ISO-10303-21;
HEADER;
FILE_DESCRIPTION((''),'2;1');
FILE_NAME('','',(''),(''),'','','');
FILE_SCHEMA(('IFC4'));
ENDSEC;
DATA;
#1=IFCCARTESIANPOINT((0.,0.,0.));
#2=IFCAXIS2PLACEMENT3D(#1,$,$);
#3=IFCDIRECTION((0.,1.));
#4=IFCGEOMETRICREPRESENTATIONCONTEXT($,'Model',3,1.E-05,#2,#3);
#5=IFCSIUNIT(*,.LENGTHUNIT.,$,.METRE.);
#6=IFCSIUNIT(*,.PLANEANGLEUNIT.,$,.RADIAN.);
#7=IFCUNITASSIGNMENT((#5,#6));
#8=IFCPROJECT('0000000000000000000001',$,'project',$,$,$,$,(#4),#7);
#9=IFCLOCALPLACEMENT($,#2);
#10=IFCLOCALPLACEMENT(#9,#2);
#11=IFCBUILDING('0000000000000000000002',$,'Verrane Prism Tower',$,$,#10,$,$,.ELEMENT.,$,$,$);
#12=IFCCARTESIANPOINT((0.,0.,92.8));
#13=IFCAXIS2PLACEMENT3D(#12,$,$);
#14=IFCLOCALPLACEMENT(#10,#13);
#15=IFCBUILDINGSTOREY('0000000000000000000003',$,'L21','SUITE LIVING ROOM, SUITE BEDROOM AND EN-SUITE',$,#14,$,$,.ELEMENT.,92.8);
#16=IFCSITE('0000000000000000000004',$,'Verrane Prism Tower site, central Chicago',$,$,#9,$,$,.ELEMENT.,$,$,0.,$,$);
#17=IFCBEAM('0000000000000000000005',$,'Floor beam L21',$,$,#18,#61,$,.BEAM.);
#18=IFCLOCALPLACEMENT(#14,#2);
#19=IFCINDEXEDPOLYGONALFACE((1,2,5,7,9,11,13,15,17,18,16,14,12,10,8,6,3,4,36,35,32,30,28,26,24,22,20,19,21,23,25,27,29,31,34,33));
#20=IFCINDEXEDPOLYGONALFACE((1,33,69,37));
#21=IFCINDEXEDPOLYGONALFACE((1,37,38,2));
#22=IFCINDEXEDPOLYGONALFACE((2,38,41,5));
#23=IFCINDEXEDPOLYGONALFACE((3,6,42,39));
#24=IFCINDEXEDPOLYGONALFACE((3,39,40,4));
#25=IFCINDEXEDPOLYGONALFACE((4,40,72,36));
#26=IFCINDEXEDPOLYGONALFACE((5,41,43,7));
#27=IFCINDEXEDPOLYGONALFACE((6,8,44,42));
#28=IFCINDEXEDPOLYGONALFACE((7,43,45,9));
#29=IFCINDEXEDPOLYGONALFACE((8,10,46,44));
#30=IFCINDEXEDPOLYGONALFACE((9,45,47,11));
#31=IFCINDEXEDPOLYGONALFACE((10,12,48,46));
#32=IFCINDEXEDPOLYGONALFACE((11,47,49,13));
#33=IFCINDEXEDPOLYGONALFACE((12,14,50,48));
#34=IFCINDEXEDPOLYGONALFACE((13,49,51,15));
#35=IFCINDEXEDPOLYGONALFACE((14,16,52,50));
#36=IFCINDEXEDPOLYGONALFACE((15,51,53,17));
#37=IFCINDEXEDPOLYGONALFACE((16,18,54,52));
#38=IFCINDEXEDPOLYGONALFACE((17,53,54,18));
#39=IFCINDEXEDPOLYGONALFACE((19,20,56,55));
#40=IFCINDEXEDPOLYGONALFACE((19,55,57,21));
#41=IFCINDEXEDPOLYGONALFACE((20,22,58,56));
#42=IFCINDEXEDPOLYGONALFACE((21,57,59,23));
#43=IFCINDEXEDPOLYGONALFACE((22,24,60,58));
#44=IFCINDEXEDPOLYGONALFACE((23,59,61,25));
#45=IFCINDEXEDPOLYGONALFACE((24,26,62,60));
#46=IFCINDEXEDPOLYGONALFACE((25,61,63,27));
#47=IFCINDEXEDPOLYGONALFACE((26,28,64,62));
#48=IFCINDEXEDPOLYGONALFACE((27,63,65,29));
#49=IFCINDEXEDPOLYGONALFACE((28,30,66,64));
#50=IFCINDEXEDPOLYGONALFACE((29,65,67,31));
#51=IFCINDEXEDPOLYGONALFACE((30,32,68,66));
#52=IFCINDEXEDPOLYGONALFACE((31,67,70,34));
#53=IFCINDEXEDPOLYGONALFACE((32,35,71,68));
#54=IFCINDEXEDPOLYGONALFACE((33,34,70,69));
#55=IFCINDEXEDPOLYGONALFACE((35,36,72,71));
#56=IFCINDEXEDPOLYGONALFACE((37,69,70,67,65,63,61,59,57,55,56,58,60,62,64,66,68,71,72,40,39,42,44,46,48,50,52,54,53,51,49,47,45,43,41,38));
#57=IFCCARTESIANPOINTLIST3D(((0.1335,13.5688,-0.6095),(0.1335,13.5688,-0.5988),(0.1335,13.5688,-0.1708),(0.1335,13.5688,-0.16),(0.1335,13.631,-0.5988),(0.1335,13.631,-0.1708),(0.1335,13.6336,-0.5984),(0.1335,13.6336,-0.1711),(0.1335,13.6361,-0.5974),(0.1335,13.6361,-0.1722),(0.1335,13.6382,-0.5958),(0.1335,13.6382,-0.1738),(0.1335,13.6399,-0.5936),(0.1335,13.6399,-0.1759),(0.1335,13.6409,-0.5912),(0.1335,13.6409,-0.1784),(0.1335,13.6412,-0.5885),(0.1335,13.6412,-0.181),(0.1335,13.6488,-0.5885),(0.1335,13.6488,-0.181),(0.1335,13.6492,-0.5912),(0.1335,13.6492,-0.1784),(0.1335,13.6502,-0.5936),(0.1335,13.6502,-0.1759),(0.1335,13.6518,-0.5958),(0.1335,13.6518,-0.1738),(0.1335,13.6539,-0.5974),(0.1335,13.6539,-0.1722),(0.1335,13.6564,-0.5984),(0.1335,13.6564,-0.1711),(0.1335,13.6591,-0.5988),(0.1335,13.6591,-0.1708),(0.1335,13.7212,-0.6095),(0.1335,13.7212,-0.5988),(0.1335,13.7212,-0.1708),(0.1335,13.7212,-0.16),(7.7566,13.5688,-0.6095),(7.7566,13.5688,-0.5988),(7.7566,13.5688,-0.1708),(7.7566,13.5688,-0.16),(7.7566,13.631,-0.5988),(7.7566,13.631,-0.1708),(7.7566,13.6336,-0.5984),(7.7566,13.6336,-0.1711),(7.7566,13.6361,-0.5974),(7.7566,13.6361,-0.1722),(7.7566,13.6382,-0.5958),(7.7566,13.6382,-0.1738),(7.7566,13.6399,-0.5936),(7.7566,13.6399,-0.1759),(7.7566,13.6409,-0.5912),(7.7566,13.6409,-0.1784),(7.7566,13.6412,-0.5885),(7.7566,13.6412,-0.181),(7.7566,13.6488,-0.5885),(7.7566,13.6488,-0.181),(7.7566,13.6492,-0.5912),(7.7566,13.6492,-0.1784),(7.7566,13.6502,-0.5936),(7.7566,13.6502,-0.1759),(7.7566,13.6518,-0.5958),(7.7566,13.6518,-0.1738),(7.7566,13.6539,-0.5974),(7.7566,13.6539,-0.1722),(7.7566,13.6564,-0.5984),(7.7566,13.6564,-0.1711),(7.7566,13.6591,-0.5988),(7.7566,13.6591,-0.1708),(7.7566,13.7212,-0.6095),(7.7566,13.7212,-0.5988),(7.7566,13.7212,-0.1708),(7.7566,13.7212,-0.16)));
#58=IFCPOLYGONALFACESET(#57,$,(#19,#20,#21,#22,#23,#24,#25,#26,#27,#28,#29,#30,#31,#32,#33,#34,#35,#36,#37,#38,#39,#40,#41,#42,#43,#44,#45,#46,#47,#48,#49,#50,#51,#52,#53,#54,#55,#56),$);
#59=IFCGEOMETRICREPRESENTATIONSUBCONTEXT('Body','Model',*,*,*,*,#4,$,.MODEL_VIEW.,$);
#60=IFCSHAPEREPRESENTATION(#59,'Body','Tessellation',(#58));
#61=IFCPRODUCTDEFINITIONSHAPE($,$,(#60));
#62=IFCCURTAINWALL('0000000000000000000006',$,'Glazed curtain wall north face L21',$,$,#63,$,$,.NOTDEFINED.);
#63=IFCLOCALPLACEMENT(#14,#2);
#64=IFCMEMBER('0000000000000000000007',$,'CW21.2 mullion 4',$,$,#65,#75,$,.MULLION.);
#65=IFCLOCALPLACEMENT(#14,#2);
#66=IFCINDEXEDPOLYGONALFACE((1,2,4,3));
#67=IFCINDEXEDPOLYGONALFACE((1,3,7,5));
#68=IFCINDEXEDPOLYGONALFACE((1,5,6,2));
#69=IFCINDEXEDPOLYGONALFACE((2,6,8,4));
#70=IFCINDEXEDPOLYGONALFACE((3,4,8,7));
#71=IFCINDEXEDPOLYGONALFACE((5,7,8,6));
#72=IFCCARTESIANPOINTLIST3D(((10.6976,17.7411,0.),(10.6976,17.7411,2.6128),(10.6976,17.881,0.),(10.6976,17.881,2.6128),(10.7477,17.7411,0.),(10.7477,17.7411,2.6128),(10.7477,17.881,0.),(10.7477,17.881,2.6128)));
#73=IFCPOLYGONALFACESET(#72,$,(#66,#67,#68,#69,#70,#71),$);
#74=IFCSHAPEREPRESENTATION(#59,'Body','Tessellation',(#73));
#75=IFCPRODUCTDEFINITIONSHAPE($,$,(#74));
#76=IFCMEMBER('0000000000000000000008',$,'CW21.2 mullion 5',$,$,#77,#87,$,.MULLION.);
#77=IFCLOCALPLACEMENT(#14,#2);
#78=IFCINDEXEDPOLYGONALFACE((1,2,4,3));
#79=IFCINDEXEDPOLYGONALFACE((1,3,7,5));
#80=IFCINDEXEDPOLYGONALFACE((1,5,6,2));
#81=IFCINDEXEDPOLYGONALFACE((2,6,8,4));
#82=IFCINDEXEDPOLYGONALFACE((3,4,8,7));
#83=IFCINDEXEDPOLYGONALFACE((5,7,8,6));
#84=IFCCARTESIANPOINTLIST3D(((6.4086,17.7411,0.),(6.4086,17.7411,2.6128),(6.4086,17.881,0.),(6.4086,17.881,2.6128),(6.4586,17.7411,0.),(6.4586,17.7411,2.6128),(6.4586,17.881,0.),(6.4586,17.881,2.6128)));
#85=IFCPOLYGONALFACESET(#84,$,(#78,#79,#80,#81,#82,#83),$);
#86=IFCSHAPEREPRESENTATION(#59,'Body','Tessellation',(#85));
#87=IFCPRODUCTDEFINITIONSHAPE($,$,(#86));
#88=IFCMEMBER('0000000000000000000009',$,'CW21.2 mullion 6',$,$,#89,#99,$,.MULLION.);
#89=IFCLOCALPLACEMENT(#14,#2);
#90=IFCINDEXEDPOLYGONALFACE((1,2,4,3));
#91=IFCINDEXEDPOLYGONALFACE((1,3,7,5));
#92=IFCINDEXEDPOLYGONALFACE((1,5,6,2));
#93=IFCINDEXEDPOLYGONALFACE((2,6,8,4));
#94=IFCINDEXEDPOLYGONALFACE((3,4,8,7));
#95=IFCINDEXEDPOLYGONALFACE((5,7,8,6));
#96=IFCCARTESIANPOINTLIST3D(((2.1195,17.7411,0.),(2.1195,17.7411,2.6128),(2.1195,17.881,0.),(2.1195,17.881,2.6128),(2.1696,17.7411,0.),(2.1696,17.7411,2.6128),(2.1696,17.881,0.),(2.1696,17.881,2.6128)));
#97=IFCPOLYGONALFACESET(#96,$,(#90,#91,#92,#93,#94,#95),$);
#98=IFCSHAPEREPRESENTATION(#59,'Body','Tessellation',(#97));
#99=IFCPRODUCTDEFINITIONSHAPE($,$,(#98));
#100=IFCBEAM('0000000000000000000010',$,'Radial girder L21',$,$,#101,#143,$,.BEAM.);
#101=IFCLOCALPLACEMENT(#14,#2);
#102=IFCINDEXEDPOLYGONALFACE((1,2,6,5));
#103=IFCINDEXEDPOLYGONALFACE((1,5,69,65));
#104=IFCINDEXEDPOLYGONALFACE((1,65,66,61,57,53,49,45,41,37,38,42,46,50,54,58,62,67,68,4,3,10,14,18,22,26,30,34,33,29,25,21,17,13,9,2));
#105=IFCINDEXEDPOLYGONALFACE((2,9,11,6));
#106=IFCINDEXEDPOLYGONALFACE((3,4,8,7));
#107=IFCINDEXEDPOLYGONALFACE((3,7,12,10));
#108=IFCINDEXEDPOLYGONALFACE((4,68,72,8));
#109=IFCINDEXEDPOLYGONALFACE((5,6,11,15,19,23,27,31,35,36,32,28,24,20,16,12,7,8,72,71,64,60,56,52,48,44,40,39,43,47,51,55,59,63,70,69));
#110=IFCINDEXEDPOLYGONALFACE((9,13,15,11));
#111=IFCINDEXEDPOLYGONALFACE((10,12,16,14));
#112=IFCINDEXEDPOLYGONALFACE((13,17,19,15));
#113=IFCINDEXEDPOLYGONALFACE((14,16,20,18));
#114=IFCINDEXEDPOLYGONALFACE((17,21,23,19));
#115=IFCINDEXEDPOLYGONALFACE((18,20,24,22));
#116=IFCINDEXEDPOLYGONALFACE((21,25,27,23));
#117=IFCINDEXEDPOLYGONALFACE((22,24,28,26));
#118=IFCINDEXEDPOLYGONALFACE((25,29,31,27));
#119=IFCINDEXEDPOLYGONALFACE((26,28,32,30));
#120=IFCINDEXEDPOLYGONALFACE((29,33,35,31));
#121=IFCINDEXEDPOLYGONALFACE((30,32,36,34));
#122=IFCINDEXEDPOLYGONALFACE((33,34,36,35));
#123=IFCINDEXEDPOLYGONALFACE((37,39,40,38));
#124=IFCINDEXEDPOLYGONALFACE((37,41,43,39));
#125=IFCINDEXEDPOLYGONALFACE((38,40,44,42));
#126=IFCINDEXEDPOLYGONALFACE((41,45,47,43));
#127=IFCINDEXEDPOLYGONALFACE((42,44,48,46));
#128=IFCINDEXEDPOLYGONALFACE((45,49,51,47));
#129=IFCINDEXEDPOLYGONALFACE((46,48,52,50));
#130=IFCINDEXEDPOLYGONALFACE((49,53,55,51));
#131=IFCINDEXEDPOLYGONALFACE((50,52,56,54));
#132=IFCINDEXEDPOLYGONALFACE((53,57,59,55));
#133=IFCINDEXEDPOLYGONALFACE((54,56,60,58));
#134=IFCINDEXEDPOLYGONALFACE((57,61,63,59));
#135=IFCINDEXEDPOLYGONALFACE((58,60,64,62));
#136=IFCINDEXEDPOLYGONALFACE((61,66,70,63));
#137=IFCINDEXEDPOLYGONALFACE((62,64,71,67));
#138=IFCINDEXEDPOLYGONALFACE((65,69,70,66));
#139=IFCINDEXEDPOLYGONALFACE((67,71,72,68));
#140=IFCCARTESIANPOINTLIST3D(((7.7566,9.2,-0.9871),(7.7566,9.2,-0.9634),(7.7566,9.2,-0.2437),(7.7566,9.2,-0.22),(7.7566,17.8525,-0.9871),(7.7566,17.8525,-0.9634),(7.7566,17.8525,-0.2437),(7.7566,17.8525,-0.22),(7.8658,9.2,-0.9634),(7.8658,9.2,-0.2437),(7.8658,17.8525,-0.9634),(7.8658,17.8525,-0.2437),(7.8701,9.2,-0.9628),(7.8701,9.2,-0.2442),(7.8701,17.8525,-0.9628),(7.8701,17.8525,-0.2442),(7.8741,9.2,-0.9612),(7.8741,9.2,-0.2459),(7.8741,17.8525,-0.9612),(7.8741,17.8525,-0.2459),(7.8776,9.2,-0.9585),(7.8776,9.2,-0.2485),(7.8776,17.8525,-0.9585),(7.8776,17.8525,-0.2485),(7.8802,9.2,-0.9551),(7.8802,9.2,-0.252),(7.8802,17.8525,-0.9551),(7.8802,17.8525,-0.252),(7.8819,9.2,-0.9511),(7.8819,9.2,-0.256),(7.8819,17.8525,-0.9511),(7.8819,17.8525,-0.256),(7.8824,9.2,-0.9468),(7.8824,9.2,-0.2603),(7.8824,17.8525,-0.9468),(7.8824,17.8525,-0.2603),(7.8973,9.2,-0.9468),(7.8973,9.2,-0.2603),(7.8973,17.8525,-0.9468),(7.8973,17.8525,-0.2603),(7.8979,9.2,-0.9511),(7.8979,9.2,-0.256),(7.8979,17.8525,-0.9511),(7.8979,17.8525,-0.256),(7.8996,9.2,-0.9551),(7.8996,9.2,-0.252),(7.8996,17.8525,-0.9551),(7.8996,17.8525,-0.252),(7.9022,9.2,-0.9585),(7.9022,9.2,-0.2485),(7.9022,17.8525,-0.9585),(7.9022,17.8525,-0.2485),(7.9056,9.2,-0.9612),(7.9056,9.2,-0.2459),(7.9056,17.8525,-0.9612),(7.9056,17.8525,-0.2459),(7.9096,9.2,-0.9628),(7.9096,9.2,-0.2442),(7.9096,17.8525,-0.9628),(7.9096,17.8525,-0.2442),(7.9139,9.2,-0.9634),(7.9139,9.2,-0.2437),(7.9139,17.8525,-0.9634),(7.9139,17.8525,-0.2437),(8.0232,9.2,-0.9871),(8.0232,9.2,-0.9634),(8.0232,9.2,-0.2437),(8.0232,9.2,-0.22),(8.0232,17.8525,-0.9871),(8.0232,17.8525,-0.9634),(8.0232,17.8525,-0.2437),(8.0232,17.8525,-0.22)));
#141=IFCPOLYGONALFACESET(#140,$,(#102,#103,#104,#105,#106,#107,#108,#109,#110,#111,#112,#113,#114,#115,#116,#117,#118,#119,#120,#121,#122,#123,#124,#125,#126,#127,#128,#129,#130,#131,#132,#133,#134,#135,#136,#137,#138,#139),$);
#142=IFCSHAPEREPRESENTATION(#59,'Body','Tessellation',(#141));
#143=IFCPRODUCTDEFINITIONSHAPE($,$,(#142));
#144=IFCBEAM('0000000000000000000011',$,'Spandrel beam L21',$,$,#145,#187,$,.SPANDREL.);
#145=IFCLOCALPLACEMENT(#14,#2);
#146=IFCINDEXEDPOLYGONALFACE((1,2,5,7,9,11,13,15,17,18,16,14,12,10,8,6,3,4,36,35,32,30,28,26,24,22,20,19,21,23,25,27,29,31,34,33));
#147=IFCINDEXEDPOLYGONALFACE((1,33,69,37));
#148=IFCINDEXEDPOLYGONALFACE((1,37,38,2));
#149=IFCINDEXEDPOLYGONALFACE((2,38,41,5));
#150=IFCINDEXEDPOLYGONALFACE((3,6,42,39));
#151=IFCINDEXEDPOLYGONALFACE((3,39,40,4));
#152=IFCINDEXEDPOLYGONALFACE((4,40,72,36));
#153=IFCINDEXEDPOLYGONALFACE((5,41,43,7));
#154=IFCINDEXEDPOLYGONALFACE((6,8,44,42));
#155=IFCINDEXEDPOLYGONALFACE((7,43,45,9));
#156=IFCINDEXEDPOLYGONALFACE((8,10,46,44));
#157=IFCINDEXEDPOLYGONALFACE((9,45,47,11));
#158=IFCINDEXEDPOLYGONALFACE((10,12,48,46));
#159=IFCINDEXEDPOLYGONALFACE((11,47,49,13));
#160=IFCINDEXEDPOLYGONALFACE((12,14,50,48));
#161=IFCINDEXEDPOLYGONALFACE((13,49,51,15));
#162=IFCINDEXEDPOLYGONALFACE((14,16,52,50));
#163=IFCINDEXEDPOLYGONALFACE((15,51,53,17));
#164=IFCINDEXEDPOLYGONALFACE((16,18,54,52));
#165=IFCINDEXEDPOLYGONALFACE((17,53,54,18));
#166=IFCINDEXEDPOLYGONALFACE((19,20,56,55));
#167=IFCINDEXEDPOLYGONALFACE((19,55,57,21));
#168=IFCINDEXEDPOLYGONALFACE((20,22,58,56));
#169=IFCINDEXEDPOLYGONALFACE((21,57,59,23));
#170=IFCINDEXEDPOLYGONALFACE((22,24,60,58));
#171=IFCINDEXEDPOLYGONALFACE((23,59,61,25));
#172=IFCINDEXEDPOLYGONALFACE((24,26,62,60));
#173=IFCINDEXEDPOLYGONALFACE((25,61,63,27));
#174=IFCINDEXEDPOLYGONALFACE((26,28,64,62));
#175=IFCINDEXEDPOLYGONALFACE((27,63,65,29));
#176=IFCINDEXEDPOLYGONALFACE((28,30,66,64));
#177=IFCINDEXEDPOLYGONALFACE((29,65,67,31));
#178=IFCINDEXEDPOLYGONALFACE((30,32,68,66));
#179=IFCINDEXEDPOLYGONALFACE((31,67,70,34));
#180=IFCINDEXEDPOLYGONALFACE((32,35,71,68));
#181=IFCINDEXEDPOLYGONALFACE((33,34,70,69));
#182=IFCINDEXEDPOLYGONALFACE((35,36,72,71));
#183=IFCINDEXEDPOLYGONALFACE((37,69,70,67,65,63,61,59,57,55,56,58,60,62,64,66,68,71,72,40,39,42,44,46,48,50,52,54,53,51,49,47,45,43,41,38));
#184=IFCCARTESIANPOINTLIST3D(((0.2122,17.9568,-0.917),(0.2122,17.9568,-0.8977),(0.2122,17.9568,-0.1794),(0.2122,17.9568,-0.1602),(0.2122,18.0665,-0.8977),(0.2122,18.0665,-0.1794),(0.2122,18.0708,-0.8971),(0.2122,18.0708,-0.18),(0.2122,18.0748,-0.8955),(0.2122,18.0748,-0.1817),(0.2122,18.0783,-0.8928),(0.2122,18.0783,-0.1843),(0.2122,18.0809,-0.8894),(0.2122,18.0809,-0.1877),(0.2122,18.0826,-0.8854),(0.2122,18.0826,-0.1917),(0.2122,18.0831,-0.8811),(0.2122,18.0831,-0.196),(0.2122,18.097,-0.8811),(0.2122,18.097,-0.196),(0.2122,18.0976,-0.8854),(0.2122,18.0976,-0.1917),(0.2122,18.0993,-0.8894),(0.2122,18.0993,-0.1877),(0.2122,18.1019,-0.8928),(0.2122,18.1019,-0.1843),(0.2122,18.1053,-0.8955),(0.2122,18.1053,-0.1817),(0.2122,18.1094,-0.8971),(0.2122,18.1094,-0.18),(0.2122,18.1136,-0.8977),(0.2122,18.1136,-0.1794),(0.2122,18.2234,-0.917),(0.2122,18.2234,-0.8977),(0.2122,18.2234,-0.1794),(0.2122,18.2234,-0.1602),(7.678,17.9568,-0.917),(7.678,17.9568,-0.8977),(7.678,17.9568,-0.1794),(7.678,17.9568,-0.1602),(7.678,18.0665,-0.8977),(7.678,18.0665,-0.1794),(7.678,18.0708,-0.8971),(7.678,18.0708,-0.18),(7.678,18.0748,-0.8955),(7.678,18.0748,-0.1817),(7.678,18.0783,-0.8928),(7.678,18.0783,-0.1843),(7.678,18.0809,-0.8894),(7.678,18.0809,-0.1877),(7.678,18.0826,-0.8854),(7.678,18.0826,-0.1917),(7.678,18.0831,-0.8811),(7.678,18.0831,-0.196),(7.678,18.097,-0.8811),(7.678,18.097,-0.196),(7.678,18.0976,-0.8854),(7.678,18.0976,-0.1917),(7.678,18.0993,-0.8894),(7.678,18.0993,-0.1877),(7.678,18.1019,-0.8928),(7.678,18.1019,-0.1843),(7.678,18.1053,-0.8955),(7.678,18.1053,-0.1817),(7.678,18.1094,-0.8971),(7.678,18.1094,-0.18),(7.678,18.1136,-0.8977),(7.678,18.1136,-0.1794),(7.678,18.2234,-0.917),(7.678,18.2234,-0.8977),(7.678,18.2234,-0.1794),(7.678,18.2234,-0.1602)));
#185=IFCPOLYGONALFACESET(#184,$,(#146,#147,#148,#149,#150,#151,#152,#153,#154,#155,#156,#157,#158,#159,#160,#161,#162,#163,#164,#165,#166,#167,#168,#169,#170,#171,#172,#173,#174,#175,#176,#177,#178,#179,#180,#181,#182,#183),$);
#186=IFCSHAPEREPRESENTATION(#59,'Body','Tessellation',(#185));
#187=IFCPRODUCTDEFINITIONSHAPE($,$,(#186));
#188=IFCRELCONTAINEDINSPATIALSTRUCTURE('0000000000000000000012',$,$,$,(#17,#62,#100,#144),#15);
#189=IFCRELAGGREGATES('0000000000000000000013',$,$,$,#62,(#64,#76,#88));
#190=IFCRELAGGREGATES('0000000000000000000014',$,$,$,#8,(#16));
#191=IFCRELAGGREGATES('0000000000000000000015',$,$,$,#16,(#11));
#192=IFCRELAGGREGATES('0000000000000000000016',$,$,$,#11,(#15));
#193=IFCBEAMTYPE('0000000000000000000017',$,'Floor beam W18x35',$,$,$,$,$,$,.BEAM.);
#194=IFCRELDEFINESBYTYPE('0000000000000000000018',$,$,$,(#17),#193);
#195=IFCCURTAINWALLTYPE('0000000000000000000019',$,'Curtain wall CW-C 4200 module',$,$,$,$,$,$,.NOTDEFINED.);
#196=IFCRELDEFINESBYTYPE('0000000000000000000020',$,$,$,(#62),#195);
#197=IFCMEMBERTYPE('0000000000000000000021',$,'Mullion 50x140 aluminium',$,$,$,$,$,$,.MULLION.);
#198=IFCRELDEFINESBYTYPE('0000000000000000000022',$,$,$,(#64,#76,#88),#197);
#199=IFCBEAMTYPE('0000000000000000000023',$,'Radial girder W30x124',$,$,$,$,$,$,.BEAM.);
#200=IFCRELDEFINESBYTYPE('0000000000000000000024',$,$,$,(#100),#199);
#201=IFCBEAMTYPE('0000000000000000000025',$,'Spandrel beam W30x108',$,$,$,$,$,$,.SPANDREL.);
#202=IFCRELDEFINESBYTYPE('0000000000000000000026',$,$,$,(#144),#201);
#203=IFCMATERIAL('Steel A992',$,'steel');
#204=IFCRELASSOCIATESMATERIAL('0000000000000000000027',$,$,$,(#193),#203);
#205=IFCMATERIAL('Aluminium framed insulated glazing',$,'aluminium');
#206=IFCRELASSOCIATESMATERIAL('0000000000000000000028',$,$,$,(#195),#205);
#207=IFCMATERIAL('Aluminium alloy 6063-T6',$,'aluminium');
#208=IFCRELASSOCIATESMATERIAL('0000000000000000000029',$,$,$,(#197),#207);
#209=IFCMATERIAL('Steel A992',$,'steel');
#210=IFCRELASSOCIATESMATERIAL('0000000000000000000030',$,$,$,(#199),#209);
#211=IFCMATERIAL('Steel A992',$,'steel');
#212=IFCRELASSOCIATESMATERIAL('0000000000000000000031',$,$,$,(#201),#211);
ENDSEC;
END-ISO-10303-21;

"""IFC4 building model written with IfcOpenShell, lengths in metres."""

from ifc_helpers import new_model, si_unit, direction, frame, origin, origin_2d, place, context, subcontext, project, spatial, rectangle, i_section, extrude, material, material_profile, profile_set, type_object, element, aggregate, save


model = new_model("IFC4")

# Units and contexts
model_context = context("Model", 3, precision=1e-05, world=origin(), true_north=direction((0.0, 1.0)))
body_context = subcontext(model_context, "Body", "Model", "MODEL_VIEW")
ifc_project = project(units=[si_unit("LENGTHUNIT", "METRE"), si_unit("PLANEANGLEUNIT", "RADIAN")], contexts=[model_context])

# Site, building, storey
site_placement = place(None, origin())
site = spatial("IfcSite", under=ifc_project, at=site_placement, Name="Verrane Prism Tower site, central Chicago", CompositionType="ELEMENT", RefElevation=0.0)
building_placement = place(site_placement, origin())
building = spatial("IfcBuilding", under=site, at=building_placement, Name="Verrane Prism Tower", CompositionType="ELEMENT")
storey_placement = place(building_placement, frame((0.0, 0.0, 92.8)))
storey = spatial("IfcBuildingStorey", under=building, at=storey_placement, Name="L21", Description="SUITE LIVING ROOM, SUITE BEDROOM AND EN-SUITE", CompositionType="ELEMENT", Elevation=92.8)

# Beam
ifc_material_1 = material(Name="Steel A992", Category="steel")
ifc_material_profile_1 = material_profile(ifc_material_1, i_section(OverallWidth=0.1523, OverallDepth=0.4495, WebThickness=0.0076, FlangeThickness=0.0107, FilletRadius=0.0103, at=origin_2d()), Name="W18x35")
ifc_profile_set_1 = profile_set([ifc_material_profile_1], Name="Steel A992")
beam_type_1 = type_object("IfcBeamType", Name="Floor beam W18x35", PredefinedType="BEAM", material=ifc_profile_set_1)
for number, where, z_axis, x_axis, name in (
    (1, (0.1335, 13.645, -0.3848), (1.0, 0.0, 0.0), (0.0, 1.0, 0.0), "Floor beam L21"),
):
    element("IfcBeam", number, at=place(storey_placement, frame(where, z_axis=z_axis, x_axis=x_axis)), inside=storey, type_object=beam_type_1, Name=name, PredefinedType="BEAM", context=body_context, shape_type="SweptSolid", body=[
        extrude(i_section(OverallWidth=0.1523, OverallDepth=0.4495, WebThickness=0.0076, FlangeThickness=0.0107, FilletRadius=0.0103, at=origin_2d()), origin(), (0.0, 0.0, 1.0), 7.623),
    ])

# Curtain wall, members
ifc_material_2 = material(Name="Aluminium framed insulated glazing", Category="aluminium")
curtain_wall_type = type_object("IfcCurtainWallType", Name="Curtain wall CW-C 4200 module", PredefinedType="NOTDEFINED", material=ifc_material_2)
curtain_wall_placement = place(storey_placement, origin())
curtain_wall = element("IfcCurtainWall", 2, at=curtain_wall_placement, inside=storey, type_object=curtain_wall_type, Name="Glazed curtain wall north face L21", PredefinedType="NOTDEFINED")
ifc_material_3 = material(Name="Aluminium alloy 6063-T6", Category="aluminium")
ifc_material_profile_2 = material_profile(ifc_material_3, rectangle(XDim=0.1399, YDim=0.05, at=origin_2d()), Name="Mullion 50x140 aluminium")
ifc_profile_set_2 = profile_set([ifc_material_profile_2], Name="Aluminium alloy 6063-T6")
member_type_1 = type_object("IfcMemberType", Name="Mullion 50x140 aluminium", PredefinedType="MULLION", material=ifc_profile_set_2)
member_1_placement = place(storey_placement, frame((10.7227, 17.811, 0.0), z_axis=(0.0, 0.0, 1.0), x_axis=(0.0, -1.0, 0.0)))
member_1 = element("IfcMember", 3, at=member_1_placement, type_object=member_type_1, Name="CW21.2 mullion 4", PredefinedType="MULLION", context=body_context, shape_type="SweptSolid", body=[
    extrude(rectangle(XDim=0.1399, YDim=0.05, at=origin_2d()), origin(), (0.0, 0.0, 1.0), 2.6128),
])
member_2_placement = place(storey_placement, frame((6.4336, 17.811, 0.0), z_axis=(0.0, 0.0, 1.0), x_axis=(0.0, -1.0, 0.0)))
member_2 = element("IfcMember", 4, at=member_2_placement, type_object=member_type_1, Name="CW21.2 mullion 5", PredefinedType="MULLION", context=body_context, shape_type="SweptSolid", body=[
    extrude(rectangle(XDim=0.1399, YDim=0.05, at=origin_2d()), origin(), (0.0, 0.0, 1.0), 2.6128),
])
member_3_placement = place(storey_placement, frame((2.1445, 17.811, 0.0), z_axis=(0.0, 0.0, 1.0), x_axis=(0.0, -1.0, 0.0)))
member_3 = element("IfcMember", 5, at=member_3_placement, type_object=member_type_1, Name="CW21.2 mullion 6", PredefinedType="MULLION", context=body_context, shape_type="SweptSolid", body=[
    extrude(rectangle(XDim=0.1399, YDim=0.05, at=origin_2d()), origin(), (0.0, 0.0, 1.0), 2.6128),
])

# Beams
ifc_material_4 = material(Name="Steel A992", Category="steel")
ifc_material_profile_3 = material_profile(ifc_material_4, i_section(OverallWidth=0.2666, OverallDepth=0.7671, WebThickness=0.0149, FlangeThickness=0.0237, FilletRadius=0.0166, at=origin_2d()), Name="W30x124")
ifc_profile_set_3 = profile_set([ifc_material_profile_3], Name="Steel A992")
beam_type_2 = type_object("IfcBeamType", Name="Radial girder W30x124", PredefinedType="BEAM", material=ifc_profile_set_3)
beam_1_placement = place(storey_placement, frame((7.8899, 17.8525, -0.6035), z_axis=(0.0, -1.0, 0.0), x_axis=(1.0, 0.0, 0.0)))
element("IfcBeam", 6, at=beam_1_placement, inside=storey, type_object=beam_type_2, Name="Radial girder L21", PredefinedType="BEAM", context=body_context, shape_type="SweptSolid", body=[
    extrude(i_section(OverallWidth=0.2666, OverallDepth=0.7671, WebThickness=0.0149, FlangeThickness=0.0237, FilletRadius=0.0166, at=origin_2d()), origin(), (0.0, 0.0, 1.0), 8.6526),
])
ifc_material_5 = material(Name="Steel A992", Category="steel")
ifc_material_profile_4 = material_profile(ifc_material_5, i_section(OverallWidth=0.2666, OverallDepth=0.7568, WebThickness=0.0139, FlangeThickness=0.0193, FilletRadius=0.0166, at=origin_2d()), Name="W30x108")
ifc_profile_set_4 = profile_set([ifc_material_profile_4], Name="Steel A992")
beam_type_3 = type_object("IfcBeamType", Name="Spandrel beam W30x108", PredefinedType="SPANDREL", material=ifc_profile_set_4)
beam_2_placement = place(storey_placement, frame((7.678, 18.0901, -0.5386), z_axis=(-1.0, 0.0, 0.0), x_axis=(0.0, -1.0, 0.0)))
element("IfcBeam", 7, at=beam_2_placement, inside=storey, type_object=beam_type_3, Name="Spandrel beam L21", PredefinedType="SPANDREL", context=body_context, shape_type="SweptSolid", body=[
    extrude(i_section(OverallWidth=0.2666, OverallDepth=0.7568, WebThickness=0.0139, FlangeThickness=0.0193, FilletRadius=0.0166, at=origin_2d()), origin(), (0.0, 0.0, 1.0), 7.4658),
])

aggregate(curtain_wall, [member_1, member_2, member_3])

save(model, "model.ifc")
